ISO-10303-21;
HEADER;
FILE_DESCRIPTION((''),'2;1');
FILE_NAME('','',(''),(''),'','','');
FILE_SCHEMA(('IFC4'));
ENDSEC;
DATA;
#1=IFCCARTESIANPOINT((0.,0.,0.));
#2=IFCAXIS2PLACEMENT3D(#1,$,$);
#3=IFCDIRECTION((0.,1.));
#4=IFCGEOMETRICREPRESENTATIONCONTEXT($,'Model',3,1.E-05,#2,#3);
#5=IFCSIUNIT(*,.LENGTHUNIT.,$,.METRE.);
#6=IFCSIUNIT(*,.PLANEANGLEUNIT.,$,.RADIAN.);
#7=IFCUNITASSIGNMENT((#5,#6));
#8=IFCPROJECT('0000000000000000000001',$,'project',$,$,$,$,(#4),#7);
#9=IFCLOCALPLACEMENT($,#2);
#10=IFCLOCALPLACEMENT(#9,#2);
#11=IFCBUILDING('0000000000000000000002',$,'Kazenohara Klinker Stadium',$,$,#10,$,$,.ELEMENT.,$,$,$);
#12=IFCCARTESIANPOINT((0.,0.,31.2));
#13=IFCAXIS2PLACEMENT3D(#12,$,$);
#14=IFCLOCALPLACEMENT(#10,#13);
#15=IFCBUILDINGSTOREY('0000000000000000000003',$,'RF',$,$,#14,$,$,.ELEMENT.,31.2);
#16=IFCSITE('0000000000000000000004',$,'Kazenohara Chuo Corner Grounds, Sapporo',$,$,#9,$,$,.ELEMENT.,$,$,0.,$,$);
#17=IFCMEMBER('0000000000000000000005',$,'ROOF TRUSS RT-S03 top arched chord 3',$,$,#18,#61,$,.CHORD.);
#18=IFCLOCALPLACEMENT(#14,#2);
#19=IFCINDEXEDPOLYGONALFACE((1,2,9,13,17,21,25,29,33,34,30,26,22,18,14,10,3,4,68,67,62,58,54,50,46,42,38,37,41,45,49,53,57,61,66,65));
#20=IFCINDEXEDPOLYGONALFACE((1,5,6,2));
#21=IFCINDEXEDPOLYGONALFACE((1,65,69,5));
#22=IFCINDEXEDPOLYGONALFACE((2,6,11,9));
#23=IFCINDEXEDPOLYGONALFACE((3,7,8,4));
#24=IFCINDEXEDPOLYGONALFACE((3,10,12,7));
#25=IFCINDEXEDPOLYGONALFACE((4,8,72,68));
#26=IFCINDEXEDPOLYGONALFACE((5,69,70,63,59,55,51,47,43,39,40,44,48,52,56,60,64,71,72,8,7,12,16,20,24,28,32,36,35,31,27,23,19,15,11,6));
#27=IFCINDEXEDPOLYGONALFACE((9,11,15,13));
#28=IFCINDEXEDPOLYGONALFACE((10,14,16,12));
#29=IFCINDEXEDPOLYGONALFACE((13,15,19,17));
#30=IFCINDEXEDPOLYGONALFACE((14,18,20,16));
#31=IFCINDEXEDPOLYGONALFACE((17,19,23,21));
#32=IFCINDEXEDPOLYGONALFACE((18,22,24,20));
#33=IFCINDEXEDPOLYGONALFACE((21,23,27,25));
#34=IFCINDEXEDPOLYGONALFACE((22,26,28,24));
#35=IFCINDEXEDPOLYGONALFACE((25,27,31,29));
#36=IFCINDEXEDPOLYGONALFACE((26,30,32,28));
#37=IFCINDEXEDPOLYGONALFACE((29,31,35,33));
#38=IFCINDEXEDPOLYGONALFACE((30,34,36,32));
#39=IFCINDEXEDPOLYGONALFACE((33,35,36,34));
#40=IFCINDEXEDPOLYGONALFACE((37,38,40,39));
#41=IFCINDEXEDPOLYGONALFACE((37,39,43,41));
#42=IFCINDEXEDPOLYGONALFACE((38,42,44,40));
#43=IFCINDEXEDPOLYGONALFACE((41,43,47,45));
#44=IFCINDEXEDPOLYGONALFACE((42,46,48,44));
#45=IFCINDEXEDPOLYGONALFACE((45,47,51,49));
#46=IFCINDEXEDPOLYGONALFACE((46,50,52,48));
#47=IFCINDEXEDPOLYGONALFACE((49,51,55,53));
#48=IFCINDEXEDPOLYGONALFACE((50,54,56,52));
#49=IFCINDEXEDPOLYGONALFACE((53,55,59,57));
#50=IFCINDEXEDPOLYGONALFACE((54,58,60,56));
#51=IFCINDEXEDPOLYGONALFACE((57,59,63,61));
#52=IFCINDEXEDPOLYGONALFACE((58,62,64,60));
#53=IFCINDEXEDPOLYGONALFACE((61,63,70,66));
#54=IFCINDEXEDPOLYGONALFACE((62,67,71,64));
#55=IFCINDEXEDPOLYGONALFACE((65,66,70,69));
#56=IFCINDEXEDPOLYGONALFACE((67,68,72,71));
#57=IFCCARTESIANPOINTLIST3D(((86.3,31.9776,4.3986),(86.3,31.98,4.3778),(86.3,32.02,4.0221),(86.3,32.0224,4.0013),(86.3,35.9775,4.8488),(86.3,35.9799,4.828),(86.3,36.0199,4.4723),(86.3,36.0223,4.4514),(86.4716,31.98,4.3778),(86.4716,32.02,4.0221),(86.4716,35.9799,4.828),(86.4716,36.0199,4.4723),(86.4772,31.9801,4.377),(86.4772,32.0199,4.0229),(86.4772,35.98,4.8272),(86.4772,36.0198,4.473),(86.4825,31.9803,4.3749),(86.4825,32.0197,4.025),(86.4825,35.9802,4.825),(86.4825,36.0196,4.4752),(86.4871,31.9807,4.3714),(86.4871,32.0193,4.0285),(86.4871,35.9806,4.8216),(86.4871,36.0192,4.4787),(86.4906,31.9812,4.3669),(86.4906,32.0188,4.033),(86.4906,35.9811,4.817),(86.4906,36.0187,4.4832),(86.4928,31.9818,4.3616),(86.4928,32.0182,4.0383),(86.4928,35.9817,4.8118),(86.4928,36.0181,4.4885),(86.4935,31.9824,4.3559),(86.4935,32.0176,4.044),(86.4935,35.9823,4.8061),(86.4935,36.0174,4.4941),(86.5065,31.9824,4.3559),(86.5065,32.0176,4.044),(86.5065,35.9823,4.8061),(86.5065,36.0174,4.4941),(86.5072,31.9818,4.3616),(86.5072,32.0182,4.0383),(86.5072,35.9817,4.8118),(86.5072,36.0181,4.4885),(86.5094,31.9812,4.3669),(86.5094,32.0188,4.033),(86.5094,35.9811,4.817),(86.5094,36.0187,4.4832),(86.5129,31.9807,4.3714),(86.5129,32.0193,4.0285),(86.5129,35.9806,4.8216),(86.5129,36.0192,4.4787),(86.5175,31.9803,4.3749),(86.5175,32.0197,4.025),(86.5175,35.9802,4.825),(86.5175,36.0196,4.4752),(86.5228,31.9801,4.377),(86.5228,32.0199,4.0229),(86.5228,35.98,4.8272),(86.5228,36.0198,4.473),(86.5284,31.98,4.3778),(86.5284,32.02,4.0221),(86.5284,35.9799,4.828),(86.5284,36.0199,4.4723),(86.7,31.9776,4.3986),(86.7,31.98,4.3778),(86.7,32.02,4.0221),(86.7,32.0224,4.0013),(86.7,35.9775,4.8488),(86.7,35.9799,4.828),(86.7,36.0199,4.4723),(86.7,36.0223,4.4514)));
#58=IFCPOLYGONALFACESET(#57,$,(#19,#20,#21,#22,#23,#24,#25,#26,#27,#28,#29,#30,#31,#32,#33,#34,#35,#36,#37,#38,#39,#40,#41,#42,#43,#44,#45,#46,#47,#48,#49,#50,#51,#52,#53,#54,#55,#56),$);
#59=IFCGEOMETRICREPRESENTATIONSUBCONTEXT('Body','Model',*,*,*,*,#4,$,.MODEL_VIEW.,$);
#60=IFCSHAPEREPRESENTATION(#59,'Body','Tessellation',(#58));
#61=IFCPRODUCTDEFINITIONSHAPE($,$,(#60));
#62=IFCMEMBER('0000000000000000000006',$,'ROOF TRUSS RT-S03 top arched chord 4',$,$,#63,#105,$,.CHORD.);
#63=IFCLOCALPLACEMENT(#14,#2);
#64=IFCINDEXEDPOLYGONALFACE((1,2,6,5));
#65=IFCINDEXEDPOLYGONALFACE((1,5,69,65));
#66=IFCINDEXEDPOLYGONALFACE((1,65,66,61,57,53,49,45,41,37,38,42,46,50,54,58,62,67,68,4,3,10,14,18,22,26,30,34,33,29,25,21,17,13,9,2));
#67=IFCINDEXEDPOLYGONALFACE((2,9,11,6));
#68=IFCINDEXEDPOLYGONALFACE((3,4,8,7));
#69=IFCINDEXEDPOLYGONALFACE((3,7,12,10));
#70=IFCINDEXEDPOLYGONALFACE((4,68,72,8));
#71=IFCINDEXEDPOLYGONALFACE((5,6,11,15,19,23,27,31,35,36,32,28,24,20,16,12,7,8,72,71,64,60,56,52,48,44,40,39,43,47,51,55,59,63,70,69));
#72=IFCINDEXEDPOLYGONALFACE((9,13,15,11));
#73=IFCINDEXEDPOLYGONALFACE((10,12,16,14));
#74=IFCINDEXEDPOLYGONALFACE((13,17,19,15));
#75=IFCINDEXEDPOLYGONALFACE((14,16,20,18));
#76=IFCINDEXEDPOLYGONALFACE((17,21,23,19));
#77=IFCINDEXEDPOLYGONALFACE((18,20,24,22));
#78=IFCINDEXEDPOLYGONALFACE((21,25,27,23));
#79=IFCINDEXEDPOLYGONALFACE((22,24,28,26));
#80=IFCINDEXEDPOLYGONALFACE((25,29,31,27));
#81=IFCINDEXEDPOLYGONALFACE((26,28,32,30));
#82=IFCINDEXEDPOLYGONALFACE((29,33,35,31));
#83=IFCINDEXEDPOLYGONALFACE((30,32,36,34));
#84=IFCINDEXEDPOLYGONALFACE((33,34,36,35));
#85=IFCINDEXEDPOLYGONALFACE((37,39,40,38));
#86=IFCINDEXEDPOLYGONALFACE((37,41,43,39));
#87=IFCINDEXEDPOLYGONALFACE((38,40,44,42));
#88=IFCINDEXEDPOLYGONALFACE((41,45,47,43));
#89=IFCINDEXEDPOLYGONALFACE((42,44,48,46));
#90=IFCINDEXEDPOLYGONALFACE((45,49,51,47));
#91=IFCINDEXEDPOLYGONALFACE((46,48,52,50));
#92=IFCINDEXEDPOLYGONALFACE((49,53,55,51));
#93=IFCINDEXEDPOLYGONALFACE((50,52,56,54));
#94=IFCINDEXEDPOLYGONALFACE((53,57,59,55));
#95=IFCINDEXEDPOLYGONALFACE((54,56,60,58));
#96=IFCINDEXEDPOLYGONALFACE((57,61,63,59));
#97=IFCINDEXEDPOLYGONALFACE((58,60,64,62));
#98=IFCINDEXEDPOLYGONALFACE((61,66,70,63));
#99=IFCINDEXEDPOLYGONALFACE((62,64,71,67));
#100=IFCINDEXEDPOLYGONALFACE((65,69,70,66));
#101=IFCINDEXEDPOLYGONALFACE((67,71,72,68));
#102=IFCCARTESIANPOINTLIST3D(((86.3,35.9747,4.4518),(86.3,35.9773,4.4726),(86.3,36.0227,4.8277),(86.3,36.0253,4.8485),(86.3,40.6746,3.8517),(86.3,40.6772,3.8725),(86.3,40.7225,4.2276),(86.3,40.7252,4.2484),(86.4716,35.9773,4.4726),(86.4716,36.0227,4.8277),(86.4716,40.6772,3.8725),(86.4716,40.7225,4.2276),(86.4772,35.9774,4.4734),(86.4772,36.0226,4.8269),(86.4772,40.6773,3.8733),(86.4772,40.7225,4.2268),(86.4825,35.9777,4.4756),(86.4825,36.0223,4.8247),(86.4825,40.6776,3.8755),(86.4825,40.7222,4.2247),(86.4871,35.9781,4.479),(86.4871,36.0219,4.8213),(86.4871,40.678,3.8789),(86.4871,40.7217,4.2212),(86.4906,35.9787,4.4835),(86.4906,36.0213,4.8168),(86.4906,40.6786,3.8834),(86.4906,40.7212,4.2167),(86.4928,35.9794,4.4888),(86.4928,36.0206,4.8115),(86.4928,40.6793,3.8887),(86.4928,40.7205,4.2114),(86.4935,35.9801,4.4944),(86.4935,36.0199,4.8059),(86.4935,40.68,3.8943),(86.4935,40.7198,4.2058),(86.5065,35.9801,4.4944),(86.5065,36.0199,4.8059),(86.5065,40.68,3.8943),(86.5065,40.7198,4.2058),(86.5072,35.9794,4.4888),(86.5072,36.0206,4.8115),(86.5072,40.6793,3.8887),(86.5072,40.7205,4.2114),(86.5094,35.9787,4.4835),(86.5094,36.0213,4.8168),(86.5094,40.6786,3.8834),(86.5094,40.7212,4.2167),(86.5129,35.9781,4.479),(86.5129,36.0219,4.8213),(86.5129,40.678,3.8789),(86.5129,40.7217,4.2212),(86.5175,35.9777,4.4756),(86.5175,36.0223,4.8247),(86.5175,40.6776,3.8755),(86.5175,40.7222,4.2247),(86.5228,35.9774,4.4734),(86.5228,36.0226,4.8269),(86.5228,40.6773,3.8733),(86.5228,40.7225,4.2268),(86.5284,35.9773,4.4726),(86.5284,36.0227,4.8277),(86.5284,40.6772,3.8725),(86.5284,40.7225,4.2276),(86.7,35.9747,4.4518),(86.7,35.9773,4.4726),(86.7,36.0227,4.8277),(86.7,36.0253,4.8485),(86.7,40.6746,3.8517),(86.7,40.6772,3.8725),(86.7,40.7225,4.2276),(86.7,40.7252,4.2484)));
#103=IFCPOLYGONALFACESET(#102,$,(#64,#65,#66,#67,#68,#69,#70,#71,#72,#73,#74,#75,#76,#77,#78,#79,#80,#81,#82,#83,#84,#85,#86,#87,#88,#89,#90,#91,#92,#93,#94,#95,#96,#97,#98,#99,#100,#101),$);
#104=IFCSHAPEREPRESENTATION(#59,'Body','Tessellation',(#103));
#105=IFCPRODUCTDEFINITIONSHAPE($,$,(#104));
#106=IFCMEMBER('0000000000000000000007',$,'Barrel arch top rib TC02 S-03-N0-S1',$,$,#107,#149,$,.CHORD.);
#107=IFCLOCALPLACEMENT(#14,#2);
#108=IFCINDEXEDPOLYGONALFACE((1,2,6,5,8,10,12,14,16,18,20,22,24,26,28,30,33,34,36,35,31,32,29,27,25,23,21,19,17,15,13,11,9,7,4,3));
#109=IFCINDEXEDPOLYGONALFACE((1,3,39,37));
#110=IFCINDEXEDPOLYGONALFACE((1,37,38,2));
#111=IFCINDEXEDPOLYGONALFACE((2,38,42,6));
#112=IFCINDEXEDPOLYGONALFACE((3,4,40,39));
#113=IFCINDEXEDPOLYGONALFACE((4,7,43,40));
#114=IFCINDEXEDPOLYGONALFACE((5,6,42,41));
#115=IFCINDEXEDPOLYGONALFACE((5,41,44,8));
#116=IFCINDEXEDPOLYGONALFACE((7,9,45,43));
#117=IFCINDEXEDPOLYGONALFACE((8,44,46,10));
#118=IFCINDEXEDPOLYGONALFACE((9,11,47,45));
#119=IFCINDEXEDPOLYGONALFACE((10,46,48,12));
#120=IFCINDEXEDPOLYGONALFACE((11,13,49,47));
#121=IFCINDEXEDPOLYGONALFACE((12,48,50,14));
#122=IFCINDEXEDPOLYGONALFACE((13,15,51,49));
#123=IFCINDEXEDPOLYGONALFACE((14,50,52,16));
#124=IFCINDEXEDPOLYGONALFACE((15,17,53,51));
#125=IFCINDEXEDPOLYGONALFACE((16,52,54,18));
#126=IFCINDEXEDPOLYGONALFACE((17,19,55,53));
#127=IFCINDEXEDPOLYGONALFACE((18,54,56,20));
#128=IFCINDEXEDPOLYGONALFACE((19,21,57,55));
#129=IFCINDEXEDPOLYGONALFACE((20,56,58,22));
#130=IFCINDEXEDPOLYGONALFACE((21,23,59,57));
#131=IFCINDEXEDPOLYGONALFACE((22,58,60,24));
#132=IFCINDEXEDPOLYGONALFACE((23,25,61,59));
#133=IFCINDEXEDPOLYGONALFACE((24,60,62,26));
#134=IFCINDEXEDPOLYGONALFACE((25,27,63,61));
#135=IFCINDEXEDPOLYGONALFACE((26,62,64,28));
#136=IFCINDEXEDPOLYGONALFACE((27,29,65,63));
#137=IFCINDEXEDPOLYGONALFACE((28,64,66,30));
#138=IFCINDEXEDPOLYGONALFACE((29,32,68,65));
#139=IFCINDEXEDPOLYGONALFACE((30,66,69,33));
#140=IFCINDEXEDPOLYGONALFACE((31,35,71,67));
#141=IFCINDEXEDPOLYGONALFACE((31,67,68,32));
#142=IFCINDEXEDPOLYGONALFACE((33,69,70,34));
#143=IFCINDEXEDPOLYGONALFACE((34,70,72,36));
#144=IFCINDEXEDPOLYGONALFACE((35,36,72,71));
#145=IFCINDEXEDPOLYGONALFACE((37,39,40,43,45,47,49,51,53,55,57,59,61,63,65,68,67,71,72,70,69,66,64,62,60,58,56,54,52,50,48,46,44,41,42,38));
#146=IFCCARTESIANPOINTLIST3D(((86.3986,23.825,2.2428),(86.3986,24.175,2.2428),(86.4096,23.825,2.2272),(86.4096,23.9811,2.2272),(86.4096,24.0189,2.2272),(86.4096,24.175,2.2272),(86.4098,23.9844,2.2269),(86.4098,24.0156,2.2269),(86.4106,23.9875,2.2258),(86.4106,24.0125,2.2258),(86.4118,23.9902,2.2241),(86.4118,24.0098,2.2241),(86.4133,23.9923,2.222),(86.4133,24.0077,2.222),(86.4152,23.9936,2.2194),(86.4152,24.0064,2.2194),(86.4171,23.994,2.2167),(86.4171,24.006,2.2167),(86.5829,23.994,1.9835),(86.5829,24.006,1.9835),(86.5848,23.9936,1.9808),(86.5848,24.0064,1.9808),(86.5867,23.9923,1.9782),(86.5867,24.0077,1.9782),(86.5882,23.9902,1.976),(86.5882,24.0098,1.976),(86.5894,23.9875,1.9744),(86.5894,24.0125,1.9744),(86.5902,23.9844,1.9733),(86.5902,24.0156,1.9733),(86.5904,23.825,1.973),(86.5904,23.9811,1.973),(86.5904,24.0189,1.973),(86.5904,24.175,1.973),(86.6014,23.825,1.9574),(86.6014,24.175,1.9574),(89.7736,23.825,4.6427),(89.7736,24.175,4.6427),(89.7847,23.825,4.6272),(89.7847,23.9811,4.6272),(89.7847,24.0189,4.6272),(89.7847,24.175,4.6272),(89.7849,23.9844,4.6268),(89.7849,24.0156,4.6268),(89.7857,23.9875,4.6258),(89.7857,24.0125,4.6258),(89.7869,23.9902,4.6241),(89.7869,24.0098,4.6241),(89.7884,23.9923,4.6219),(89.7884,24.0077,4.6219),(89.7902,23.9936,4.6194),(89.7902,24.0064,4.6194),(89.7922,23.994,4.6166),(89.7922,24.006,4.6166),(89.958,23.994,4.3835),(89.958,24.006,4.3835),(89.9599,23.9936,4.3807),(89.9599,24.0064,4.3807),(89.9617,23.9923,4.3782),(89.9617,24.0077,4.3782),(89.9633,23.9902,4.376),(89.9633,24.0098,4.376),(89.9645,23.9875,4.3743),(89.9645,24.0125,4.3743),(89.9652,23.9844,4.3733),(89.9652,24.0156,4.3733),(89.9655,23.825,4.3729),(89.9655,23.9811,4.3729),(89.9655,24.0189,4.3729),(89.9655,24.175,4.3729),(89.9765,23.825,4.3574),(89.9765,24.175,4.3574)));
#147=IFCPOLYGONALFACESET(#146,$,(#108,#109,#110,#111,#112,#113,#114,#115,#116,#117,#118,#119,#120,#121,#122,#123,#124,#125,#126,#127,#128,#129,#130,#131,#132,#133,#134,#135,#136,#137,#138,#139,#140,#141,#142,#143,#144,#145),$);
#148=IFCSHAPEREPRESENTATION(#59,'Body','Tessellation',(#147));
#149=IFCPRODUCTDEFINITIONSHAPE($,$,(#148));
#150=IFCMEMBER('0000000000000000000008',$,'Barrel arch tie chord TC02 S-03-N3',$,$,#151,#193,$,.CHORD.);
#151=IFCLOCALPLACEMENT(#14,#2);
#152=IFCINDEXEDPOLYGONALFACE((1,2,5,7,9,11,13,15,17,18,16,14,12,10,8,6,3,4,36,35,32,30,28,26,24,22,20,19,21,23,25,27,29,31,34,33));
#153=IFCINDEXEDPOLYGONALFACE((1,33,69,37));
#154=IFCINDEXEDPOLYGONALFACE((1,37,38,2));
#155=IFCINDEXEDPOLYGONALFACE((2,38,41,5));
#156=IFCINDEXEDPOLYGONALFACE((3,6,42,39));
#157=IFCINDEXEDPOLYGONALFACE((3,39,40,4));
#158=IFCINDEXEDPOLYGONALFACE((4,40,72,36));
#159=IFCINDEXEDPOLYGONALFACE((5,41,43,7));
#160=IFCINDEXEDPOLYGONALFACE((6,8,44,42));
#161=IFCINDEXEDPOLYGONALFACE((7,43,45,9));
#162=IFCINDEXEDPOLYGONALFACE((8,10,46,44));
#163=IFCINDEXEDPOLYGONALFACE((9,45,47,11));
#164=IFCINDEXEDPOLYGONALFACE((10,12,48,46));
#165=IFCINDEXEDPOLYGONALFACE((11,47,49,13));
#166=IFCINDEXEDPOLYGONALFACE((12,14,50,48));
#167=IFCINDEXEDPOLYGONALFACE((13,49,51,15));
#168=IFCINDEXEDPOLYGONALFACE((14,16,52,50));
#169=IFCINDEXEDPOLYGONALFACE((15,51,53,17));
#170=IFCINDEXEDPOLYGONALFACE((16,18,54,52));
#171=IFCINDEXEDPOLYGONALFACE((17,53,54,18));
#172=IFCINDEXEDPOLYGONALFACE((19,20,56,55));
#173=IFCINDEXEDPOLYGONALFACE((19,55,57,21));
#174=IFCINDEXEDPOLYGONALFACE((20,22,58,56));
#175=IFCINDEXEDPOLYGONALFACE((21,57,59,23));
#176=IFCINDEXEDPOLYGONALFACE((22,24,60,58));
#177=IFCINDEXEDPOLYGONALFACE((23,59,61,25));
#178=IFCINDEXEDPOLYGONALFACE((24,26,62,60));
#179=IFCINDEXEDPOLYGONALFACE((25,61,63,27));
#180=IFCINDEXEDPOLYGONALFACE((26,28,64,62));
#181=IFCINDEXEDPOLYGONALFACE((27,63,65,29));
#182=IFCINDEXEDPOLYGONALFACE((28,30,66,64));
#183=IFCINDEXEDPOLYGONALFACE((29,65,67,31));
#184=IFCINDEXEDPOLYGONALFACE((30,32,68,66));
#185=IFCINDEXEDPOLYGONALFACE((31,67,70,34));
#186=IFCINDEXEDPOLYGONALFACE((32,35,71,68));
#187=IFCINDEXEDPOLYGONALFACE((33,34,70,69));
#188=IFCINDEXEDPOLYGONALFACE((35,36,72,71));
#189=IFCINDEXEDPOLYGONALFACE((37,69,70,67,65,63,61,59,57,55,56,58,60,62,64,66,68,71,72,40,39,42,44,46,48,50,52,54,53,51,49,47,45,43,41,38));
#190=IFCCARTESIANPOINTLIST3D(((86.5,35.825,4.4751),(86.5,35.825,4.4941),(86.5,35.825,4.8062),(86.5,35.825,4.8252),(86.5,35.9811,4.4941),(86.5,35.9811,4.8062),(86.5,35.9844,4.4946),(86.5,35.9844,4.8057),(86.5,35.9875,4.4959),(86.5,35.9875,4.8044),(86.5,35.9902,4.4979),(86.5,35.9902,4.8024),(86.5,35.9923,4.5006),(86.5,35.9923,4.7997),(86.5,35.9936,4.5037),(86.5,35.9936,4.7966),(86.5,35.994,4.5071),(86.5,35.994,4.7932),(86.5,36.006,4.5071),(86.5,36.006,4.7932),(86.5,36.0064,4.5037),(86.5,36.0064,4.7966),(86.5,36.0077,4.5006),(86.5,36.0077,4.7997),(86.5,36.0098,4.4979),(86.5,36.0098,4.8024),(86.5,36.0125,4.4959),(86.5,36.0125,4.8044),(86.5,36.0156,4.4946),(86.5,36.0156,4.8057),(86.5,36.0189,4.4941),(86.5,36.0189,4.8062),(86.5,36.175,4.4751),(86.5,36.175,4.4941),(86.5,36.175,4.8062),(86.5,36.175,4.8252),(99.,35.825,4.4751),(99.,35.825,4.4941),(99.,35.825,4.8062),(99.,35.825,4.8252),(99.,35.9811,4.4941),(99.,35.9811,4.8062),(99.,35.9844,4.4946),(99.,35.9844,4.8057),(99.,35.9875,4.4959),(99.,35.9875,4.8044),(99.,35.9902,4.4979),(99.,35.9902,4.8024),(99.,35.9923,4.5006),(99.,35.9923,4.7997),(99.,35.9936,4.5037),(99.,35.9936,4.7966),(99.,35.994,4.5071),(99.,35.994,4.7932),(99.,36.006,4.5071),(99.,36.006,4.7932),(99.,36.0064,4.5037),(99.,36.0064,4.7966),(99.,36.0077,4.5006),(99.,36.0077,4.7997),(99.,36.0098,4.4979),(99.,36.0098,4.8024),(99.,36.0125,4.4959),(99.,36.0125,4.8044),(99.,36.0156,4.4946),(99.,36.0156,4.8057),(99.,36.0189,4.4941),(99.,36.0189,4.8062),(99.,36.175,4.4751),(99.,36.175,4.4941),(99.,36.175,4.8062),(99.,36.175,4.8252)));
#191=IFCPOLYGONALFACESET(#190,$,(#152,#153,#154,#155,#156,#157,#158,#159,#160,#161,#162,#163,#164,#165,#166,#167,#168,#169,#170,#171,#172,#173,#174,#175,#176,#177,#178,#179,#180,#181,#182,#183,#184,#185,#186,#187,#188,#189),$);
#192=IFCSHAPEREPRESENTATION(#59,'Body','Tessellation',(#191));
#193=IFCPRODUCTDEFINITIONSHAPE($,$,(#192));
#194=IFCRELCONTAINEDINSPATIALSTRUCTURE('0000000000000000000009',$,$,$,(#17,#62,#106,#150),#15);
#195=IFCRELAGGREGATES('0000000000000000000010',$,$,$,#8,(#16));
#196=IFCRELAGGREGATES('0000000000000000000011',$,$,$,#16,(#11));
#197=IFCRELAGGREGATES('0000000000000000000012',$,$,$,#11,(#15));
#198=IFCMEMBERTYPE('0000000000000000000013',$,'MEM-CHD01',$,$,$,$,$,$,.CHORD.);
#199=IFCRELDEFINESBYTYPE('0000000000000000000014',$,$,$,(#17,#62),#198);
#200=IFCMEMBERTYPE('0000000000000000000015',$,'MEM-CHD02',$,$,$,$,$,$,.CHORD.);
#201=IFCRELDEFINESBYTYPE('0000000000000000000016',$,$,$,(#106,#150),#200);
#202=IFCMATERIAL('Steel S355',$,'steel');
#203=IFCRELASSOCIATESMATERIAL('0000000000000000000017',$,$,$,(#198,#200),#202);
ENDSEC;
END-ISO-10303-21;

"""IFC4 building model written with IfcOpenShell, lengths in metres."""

from ifc_helpers import new_model, si_unit, direction, frame, origin, origin_2d, place, context, subcontext, project, spatial, i_section, extrude, material, material_profile, profile_set, type_object, element, save


model = new_model("IFC4")

# Units and contexts
model_context = context("Model", 3, precision=1e-05, world=origin(), true_north=direction((0.0, 1.0)))
body_context = subcontext(model_context, "Body", "Model", "MODEL_VIEW")
ifc_project = project(units=[si_unit("LENGTHUNIT", "METRE"), si_unit("PLANEANGLEUNIT", "RADIAN")], contexts=[model_context])

# Site, building, storey
site_placement = place(None, origin())
site = spatial("IfcSite", under=ifc_project, at=site_placement, Name="Kazenohara Chuo Corner Grounds, Sapporo", CompositionType="ELEMENT", RefElevation=0.0)
building_placement = place(site_placement, origin())
building = spatial("IfcBuilding", under=site, at=building_placement, Name="Kazenohara Klinker Stadium", CompositionType="ELEMENT")
storey_placement = place(building_placement, frame((0.0, 0.0, 31.2)))
storey = spatial("IfcBuildingStorey", under=building, at=storey_placement, Name="RF", CompositionType="ELEMENT", Elevation=31.2)

# Members
ifc_material_1 = material(Name="Steel S355", Category="steel")
ifc_material_profile_1 = material_profile(ifc_material_1, i_section(OverallWidth=0.3999, OverallDepth=0.3999, WebThickness=0.0129, FlangeThickness=0.021, FilletRadius=0.022, at=origin_2d()), Name="H-400x400x13x21")
ifc_profile_set_1 = profile_set([ifc_material_profile_1], Name="Steel S355")
member_type_1 = type_object("IfcMemberType", Name="MEM-CHD01", PredefinedType="CHORD", material=ifc_profile_set_1)
member_1_placement = place(storey_placement, frame((86.5, 32.0, 4.2), z_axis=(0.0, 0.993726, 0.111843), x_axis=(-1.0, 0.0, 0.0)))
element("IfcMember", 1, at=member_1_placement, inside=storey, type_object=member_type_1, Name="ROOF TRUSS RT-S03 top arched chord 3", PredefinedType="CHORD", context=body_context, shape_type="SweptSolid", body=[
    extrude(i_section(OverallWidth=0.3999, OverallDepth=0.3999, WebThickness=0.0129, FlangeThickness=0.021, FilletRadius=0.022, at=origin_2d()), origin(), (0.0, 0.0, 1.0), 4.0251),
])
member_2_placement = place(storey_placement, frame((86.5, 36.0, 4.6501), z_axis=(0.0, 0.991947, -0.126653), x_axis=(-1.0, 0.0, 0.0)))
element("IfcMember", 2, at=member_2_placement, inside=storey, type_object=member_type_1, Name="ROOF TRUSS RT-S03 top arched chord 4", PredefinedType="CHORD", context=body_context, shape_type="SweptSolid", body=[
    extrude(i_section(OverallWidth=0.3999, OverallDepth=0.3999, WebThickness=0.0129, FlangeThickness=0.021, FilletRadius=0.022, at=origin_2d()), origin(), (0.0, 0.0, 1.0), 4.738),
])
ifc_material_profile_2 = material_profile(ifc_material_1, i_section(OverallWidth=0.3501, OverallDepth=0.3501, WebThickness=0.012, FlangeThickness=0.019, FilletRadius=0.0129, at=origin_2d()), Name="H-350x350x12x19")
ifc_profile_set_2 = profile_set([ifc_material_profile_2], Name="Steel S355")
member_type_2 = type_object("IfcMemberType", Name="MEM-CHD02", PredefinedType="CHORD", material=ifc_profile_set_2)
member_3_placement = place(storey_placement, frame((86.5, 24.0, 2.1001), z_axis=(0.814966, 0.0, 0.579508), x_axis=(0.0, 1.0, 0.0)))
element("IfcMember", 3, at=member_3_placement, inside=storey, type_object=member_type_2, Name="Barrel arch top rib TC02 S-03-N0-S1", PredefinedType="CHORD", context=body_context, shape_type="SweptSolid", body=[
    extrude(i_section(OverallWidth=0.3501, OverallDepth=0.3501, WebThickness=0.012, FlangeThickness=0.019, FilletRadius=0.0129, at=origin_2d()), origin(), (0.0, 0.0, 1.0), 4.1414),
])
member_4_placement = place(storey_placement, frame((86.5, 36.0, 4.6501), z_axis=(1.0, 0.0, 0.0), x_axis=(0.0, 1.0, 0.0)))
element("IfcMember", 4, at=member_4_placement, inside=storey, type_object=member_type_2, Name="Barrel arch tie chord TC02 S-03-N3", PredefinedType="CHORD", context=body_context, shape_type="SweptSolid", body=[
    extrude(i_section(OverallWidth=0.3501, OverallDepth=0.3501, WebThickness=0.012, FlangeThickness=0.019, FilletRadius=0.0129, at=origin_2d()), origin(), (0.0, 0.0, 1.0), 12.5),
])

save(model, "model.ifc")
